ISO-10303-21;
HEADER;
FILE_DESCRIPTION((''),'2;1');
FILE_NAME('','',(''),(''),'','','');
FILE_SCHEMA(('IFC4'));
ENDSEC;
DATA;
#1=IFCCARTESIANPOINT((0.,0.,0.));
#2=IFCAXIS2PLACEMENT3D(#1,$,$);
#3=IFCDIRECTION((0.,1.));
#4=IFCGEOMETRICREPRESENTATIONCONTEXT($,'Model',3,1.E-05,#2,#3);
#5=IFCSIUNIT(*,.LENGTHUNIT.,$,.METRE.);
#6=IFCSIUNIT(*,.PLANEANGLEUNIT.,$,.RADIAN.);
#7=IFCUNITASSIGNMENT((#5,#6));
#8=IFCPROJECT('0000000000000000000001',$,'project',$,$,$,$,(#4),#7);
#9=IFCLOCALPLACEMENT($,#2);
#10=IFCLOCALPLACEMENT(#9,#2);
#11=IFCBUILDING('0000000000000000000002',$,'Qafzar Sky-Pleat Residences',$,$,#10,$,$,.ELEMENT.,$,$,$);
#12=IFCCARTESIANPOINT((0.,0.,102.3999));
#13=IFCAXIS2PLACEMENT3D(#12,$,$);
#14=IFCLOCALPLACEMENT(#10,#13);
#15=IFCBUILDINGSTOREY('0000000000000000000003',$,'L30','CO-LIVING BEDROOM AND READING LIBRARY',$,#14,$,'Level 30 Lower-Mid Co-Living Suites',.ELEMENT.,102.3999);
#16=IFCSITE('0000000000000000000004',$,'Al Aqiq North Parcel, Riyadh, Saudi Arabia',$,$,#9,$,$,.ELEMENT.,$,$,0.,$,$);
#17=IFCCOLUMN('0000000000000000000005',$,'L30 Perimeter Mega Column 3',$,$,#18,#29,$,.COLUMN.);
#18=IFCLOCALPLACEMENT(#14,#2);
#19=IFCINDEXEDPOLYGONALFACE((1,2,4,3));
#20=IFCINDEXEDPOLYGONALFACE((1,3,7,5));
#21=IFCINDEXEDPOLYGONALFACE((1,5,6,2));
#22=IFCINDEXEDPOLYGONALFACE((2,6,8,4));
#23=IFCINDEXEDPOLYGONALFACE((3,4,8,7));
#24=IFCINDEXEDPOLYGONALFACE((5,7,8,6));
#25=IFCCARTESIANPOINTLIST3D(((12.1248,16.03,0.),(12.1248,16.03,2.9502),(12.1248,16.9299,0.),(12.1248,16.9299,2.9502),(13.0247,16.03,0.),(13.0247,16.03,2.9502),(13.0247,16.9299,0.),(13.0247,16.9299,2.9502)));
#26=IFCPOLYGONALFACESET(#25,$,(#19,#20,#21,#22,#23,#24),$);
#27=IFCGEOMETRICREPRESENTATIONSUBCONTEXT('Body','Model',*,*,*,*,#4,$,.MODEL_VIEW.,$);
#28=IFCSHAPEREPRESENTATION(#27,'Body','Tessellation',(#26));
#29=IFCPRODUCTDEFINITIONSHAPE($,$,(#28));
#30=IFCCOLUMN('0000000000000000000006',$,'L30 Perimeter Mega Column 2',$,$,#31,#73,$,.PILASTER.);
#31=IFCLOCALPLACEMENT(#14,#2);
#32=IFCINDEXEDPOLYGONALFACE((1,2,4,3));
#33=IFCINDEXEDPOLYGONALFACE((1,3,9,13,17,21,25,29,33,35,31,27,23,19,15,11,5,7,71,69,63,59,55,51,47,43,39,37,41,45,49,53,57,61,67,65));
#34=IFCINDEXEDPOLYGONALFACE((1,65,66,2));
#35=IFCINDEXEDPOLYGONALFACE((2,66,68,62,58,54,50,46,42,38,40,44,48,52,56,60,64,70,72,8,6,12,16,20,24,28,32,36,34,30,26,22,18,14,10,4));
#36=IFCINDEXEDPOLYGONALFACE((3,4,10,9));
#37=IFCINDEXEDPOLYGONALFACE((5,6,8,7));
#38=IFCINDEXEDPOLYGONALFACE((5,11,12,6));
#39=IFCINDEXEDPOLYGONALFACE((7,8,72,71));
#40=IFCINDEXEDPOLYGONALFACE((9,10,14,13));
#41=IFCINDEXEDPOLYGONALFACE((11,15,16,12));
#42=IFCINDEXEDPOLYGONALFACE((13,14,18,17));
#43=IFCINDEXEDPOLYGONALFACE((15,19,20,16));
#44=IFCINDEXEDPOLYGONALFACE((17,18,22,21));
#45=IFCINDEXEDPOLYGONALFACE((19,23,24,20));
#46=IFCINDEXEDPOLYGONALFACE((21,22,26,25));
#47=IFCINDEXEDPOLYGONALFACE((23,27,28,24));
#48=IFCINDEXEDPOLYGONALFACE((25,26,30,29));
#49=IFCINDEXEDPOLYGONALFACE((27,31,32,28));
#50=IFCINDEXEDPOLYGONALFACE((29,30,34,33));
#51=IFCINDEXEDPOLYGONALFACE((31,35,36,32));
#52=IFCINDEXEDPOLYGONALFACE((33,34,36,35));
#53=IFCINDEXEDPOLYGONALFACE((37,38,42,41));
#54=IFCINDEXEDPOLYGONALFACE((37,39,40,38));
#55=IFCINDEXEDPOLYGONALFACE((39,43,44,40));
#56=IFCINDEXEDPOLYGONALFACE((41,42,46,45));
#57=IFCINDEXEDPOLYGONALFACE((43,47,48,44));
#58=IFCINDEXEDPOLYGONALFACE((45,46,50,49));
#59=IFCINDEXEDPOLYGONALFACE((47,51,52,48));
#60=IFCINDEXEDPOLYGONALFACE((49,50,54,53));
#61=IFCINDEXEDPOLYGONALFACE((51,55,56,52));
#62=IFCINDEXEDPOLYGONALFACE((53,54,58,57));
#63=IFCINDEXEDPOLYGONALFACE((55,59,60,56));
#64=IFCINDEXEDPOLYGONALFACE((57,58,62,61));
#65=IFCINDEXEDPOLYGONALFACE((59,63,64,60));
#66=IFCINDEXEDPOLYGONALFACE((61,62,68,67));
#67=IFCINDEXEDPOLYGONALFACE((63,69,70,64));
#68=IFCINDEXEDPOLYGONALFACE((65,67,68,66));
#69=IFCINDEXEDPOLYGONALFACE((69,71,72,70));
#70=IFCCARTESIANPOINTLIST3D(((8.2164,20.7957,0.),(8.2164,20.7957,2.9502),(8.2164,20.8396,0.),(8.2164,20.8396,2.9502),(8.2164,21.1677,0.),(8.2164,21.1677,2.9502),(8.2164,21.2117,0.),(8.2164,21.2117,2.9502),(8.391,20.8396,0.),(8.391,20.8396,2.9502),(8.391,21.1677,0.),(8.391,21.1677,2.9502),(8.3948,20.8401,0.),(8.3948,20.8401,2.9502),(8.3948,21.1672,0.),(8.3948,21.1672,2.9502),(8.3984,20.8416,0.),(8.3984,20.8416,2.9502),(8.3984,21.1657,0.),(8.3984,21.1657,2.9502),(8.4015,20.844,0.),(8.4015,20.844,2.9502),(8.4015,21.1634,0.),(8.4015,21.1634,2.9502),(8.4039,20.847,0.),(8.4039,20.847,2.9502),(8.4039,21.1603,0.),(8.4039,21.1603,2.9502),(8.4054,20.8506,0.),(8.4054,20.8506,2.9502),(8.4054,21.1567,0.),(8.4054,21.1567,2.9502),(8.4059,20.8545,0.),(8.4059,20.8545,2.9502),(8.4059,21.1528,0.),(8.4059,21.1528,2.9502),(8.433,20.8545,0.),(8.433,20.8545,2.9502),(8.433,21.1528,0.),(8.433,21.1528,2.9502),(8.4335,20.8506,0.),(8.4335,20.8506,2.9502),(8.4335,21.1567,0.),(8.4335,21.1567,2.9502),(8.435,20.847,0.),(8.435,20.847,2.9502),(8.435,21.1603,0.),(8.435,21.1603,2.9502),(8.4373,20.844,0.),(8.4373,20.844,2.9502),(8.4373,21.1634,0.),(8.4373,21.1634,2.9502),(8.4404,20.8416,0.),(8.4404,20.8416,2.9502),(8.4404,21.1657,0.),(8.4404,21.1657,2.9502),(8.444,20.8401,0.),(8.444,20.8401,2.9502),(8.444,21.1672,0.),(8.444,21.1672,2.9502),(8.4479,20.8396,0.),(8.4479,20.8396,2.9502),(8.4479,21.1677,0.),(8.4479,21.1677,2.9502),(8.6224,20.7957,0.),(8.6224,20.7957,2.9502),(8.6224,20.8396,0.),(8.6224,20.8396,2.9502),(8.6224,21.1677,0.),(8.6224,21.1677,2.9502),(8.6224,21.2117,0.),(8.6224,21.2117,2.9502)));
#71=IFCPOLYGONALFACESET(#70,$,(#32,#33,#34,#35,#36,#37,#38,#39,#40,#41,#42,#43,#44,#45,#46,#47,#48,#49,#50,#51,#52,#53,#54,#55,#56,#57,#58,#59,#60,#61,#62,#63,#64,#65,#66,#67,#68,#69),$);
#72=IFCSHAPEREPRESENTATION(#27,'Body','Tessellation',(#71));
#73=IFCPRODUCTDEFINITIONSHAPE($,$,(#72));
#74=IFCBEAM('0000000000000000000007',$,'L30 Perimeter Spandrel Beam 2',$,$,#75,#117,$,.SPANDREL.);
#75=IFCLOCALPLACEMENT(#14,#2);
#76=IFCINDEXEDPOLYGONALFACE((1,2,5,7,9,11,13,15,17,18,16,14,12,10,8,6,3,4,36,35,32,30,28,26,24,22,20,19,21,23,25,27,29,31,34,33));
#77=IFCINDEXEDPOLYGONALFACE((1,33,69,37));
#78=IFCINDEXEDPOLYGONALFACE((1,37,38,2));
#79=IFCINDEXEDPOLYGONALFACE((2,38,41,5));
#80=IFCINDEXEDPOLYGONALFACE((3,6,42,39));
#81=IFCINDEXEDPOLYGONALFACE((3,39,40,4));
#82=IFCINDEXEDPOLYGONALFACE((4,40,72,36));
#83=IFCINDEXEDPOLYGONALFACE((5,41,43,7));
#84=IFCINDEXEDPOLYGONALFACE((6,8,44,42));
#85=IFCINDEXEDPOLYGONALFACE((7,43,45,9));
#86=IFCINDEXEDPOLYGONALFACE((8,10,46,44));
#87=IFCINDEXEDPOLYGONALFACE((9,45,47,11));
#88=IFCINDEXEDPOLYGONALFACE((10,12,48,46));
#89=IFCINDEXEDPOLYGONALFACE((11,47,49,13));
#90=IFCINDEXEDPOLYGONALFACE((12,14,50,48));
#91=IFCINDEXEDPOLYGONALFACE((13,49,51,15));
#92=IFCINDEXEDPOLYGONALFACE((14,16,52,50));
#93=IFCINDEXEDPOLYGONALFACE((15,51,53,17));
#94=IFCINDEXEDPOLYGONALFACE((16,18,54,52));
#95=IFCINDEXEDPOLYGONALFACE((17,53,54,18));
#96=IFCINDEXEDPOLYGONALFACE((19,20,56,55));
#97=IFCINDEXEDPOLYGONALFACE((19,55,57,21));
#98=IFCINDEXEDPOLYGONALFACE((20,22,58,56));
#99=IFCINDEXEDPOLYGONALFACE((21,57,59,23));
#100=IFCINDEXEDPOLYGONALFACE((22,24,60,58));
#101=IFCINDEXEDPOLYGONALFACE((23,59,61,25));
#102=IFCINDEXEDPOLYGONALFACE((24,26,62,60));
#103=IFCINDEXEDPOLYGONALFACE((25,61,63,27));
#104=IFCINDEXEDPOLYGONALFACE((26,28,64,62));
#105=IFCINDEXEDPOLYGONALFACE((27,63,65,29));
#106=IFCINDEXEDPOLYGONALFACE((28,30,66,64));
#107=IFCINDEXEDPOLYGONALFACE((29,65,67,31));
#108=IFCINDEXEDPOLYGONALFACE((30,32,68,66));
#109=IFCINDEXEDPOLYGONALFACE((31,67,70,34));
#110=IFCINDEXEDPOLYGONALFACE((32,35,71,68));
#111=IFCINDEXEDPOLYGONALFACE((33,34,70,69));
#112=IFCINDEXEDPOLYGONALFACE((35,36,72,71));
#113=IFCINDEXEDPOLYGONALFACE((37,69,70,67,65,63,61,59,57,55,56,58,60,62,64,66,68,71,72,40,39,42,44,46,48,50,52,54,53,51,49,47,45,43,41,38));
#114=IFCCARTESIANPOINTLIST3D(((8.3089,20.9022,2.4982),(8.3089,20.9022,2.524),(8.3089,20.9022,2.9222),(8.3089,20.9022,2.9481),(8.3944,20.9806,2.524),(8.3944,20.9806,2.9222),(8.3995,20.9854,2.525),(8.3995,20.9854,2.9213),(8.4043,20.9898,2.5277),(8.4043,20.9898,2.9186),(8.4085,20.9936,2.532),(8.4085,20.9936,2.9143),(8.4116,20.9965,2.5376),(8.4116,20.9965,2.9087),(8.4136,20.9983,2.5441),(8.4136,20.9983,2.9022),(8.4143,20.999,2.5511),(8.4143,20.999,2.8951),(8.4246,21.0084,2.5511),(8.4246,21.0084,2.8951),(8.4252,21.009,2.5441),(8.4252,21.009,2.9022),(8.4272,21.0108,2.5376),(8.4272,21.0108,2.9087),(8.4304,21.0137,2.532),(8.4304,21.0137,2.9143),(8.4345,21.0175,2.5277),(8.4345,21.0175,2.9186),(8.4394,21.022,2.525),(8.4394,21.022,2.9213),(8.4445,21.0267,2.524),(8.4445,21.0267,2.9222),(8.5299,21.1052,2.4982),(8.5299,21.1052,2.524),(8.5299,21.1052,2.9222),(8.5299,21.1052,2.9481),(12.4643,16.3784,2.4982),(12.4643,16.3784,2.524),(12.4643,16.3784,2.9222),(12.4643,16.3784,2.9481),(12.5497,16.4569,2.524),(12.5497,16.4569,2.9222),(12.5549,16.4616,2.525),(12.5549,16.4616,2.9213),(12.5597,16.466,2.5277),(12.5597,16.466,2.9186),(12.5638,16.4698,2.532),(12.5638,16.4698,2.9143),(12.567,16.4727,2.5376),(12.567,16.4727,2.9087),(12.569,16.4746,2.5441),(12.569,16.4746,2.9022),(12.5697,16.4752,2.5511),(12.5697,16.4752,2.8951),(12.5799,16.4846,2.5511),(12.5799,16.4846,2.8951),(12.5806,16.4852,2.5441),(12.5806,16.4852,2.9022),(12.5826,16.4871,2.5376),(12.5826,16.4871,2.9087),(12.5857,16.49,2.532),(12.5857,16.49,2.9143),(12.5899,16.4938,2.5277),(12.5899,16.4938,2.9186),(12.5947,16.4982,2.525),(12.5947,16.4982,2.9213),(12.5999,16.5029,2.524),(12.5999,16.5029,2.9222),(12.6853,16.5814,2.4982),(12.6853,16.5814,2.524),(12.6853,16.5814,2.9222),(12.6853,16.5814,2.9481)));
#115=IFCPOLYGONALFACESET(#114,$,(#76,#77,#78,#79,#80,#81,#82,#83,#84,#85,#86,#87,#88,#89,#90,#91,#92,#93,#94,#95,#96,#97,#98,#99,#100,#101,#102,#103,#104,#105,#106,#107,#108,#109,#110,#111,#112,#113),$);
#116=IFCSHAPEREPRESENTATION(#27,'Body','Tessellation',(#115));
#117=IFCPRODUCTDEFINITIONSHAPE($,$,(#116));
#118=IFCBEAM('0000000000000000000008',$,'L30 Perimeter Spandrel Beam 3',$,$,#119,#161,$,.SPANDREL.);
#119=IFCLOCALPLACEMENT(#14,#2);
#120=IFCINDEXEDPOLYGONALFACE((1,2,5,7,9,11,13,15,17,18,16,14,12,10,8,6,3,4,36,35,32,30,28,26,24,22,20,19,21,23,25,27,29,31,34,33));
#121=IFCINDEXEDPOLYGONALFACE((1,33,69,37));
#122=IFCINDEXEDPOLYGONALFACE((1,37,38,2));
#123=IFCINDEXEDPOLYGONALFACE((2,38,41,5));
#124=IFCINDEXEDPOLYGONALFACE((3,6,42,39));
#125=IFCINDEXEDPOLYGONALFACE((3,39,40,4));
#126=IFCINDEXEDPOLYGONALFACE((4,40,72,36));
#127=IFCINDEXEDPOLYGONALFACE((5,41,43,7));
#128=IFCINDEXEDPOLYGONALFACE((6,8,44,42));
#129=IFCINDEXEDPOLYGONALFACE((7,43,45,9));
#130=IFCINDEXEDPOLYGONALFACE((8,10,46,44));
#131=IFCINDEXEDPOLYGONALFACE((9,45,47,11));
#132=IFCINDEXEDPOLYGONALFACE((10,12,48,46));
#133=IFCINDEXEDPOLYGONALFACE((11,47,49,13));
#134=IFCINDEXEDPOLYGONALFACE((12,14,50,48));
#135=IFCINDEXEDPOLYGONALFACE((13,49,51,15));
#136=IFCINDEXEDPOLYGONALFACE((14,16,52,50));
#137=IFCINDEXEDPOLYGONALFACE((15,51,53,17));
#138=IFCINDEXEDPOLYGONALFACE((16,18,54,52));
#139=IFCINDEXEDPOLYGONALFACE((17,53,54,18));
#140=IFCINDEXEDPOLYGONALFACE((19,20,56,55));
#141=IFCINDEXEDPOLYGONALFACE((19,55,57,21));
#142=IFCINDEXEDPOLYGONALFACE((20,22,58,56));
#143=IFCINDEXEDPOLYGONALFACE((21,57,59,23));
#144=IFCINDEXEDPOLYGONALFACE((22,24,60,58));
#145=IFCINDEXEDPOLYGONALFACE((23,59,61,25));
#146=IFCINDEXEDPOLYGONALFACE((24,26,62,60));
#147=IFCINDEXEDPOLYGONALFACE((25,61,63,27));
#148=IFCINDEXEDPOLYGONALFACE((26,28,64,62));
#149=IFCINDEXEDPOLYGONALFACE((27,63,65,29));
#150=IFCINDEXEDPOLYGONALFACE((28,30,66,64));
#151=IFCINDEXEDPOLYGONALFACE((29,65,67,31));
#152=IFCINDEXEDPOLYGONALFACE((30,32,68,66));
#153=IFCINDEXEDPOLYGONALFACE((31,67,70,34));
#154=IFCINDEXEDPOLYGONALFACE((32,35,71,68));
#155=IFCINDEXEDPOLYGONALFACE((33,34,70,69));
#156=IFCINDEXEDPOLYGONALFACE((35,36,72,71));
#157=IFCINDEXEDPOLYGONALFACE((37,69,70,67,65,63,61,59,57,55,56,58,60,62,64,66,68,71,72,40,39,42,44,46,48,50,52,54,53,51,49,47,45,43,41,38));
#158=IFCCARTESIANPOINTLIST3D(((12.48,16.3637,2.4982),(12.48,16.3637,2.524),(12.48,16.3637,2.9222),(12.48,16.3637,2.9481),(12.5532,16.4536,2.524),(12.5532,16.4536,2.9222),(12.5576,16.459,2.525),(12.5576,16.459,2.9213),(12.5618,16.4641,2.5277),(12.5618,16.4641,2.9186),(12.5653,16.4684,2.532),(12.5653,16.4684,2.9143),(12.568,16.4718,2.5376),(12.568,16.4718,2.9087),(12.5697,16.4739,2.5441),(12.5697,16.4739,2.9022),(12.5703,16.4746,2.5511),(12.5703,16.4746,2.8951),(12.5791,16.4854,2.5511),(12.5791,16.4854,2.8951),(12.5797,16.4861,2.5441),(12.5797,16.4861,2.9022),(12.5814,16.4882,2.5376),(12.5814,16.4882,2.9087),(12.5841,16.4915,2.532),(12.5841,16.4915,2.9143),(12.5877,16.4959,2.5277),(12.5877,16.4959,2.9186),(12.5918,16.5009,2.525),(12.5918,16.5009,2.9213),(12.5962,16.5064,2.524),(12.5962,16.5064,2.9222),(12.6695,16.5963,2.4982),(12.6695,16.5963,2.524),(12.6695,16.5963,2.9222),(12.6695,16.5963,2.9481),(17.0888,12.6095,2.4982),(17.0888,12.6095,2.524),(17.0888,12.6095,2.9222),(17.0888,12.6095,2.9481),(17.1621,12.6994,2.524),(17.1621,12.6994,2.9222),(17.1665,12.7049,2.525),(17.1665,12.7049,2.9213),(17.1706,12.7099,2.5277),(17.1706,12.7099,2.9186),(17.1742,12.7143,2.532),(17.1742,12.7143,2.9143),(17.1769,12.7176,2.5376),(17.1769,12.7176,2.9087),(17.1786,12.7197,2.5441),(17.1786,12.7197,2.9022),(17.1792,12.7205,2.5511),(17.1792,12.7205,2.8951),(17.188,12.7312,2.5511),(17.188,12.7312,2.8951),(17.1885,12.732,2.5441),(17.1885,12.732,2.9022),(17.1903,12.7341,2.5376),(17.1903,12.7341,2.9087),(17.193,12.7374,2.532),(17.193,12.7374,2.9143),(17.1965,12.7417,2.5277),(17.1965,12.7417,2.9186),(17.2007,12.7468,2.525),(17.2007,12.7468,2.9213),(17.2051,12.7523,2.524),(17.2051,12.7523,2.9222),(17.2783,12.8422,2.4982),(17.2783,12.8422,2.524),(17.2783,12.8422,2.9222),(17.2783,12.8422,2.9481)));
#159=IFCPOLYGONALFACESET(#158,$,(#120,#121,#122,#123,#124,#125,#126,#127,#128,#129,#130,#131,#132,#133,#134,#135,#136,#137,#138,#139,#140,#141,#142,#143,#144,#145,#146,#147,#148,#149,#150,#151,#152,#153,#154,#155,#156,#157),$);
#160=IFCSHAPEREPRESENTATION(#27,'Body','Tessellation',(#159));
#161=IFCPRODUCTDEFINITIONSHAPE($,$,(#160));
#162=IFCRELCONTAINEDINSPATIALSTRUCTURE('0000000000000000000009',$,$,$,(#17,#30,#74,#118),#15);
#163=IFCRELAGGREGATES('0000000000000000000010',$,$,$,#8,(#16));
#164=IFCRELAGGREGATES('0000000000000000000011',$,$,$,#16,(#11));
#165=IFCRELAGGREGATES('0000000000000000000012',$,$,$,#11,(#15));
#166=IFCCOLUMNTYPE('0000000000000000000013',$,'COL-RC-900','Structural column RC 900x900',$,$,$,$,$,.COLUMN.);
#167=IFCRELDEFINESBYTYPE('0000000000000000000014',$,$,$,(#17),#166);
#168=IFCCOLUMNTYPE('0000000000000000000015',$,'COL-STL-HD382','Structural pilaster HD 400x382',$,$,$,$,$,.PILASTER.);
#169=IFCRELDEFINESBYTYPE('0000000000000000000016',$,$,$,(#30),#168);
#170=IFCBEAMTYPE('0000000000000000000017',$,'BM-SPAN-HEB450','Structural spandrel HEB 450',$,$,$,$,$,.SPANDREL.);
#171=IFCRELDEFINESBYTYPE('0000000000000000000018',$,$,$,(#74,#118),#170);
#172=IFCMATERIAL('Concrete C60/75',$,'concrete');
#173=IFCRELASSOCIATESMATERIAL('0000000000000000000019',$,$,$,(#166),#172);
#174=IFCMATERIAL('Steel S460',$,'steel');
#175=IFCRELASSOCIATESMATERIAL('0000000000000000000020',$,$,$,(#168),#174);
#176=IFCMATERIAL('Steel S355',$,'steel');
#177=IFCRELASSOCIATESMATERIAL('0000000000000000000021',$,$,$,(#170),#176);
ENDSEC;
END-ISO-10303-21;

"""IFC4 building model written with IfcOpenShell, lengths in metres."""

from ifc_helpers import new_model, si_unit, direction, frame, origin, origin_2d, place, context, subcontext, project, spatial, rectangle, i_section, extrude, source, transform, mapped, material, material_profile, profile_set, type_object, element, save


model = new_model("IFC4")

# Units and contexts
model_context = context("Model", 3, precision=1e-05, world=origin(), true_north=direction((0.0, 1.0)))
body_context = subcontext(model_context, "Body", "Model", "MODEL_VIEW")
ifc_project = project(units=[si_unit("LENGTHUNIT", "METRE"), si_unit("PLANEANGLEUNIT", "RADIAN")], contexts=[model_context])

# Site, building, storey
site_placement = place(None, origin())
site = spatial("IfcSite", under=ifc_project, at=site_placement, Name="Al Aqiq North Parcel, Riyadh, Saudi Arabia", CompositionType="ELEMENT", RefElevation=0.0)
building_placement = place(site_placement, origin())
building = spatial("IfcBuilding", under=site, at=building_placement, Name="Qafzar Sky-Pleat Residences", CompositionType="ELEMENT")
storey_placement = place(building_placement, frame((0.0, 0.0, 102.3999)))
storey = spatial("IfcBuildingStorey", under=building, at=storey_placement, Name="L30", Description="CO-LIVING BEDROOM AND READING LIBRARY", LongName="Level 30 Lower-Mid Co-Living Suites", CompositionType="ELEMENT", Elevation=102.3999)

# Columns
ifc_material_1 = material(Name="Concrete C60/75", Category="concrete")
ifc_material_profile_1 = material_profile(ifc_material_1, rectangle(XDim=0.8999, YDim=0.8999, at=origin_2d()), Name="RC 900x900")
ifc_profile_set_1 = profile_set([ifc_material_profile_1], Name="Concrete C60/75")
column_type_1 = type_object("IfcColumnType", Name="COL-RC-900", Description="Structural column RC 900x900", PredefinedType="COLUMN", material=ifc_profile_set_1)
shared_shape_1 = source(origin(), body_context, "Body", "SweptSolid", [
    extrude(rectangle(XDim=0.8999, YDim=0.8999, at=origin_2d()), origin(), (0.0, 0.0, 1.0), 2.9502),
])
column_1_placement = place(storey_placement, frame((12.5747, 16.48, 0.0), z_axis=(0.0, 0.0, 1.0), x_axis=(1.0, 0.0, 0.0)))
element("IfcColumn", 1, at=column_1_placement, inside=storey, type_object=column_type_1, Name="L30 Perimeter Mega Column 3", PredefinedType="COLUMN", context=body_context, shape_type="MappedRepresentation", body=[
    mapped(shared_shape_1, transform((0.0, 0.0, 0.0), x_axis=(1.0, 0.0, 0.0), y_axis=(0.0, 1.0, 0.0), z_axis=(0.0, 0.0, 1.0), scale=1.0)),
])
ifc_material_2 = material(Name="Steel S460", Category="steel")
ifc_material_profile_2 = material_profile(ifc_material_2, i_section(OverallWidth=0.406, OverallDepth=0.416, WebThickness=0.0271, FlangeThickness=0.0439, FilletRadius=0.0149, at=origin_2d()), Name="HD 400x382")
ifc_profile_set_2 = profile_set([ifc_material_profile_2], Name="Steel S460")
column_type_2 = type_object("IfcColumnType", Name="COL-STL-HD382", Description="Structural pilaster HD 400x382", PredefinedType="PILASTER", material=ifc_profile_set_2)
shared_shape_2 = source(origin(), body_context, "Body", "SweptSolid", [
    extrude(i_section(OverallWidth=0.406, OverallDepth=0.416, WebThickness=0.0271, FlangeThickness=0.0439, FilletRadius=0.0149, at=origin_2d()), origin(), (0.0, 0.0, 1.0), 2.9502),
])
column_2_placement = place(storey_placement, frame((8.4194, 21.0037, 0.0), z_axis=(0.0, 0.0, 1.0), x_axis=(1.0, 0.0, 0.0)))
element("IfcColumn", 2, at=column_2_placement, inside=storey, type_object=column_type_2, Name="L30 Perimeter Mega Column 2", PredefinedType="PILASTER", context=body_context, shape_type="MappedRepresentation", body=[
    mapped(shared_shape_2, transform((0.0, 0.0, 0.0), x_axis=(1.0, 0.0, 0.0), y_axis=(0.0, 1.0, 0.0), z_axis=(0.0, 0.0, 1.0), scale=1.0)),
])

# Beams
ifc_material_3 = material(Name="Steel S355", Category="steel")
ifc_material_profile_3 = material_profile(ifc_material_3, i_section(OverallWidth=0.3, OverallDepth=0.45, WebThickness=0.0139, FlangeThickness=0.0259, FilletRadius=0.0271, at=origin_2d()), Name="HEB 450")
ifc_profile_set_3 = profile_set([ifc_material_profile_3], Name="Steel S355")
beam_type_1 = type_object("IfcBeamType", Name="BM-SPAN-HEB450", Description="Structural spandrel HEB 450", PredefinedType="SPANDREL", material=ifc_profile_set_3)
shared_shape_3 = source(origin(), body_context, "Body", "SweptSolid", [
    extrude(i_section(OverallWidth=0.3, OverallDepth=0.45, WebThickness=0.0139, FlangeThickness=0.0259, FilletRadius=0.0271, at=origin_2d()), origin(), (0.0, 0.0, 1.0), 6.1426),
])
beam_1_placement = place(storey_placement, frame((8.4194, 21.0037, 2.7231), z_axis=(0.676482, -0.736459, 0.0), x_axis=(0.736459, 0.676482, 0.0)))
element("IfcBeam", 3, at=beam_1_placement, inside=storey, type_object=beam_type_1, Name="L30 Perimeter Spandrel Beam 2", PredefinedType="SPANDREL", context=body_context, shape_type="MappedRepresentation", body=[
    mapped(shared_shape_3, transform((0.0, 0.0, 0.0), x_axis=(1.0, 0.0, 0.0), y_axis=(0.0, 1.0, 0.0), z_axis=(0.0, 0.0, 1.0), scale=1.0)),
])
shared_shape_4 = source(origin(), body_context, "Body", "SweptSolid", [
    extrude(i_section(OverallWidth=0.3, OverallDepth=0.45, WebThickness=0.0139, FlangeThickness=0.0259, FilletRadius=0.0271, at=origin_2d()), origin(), (0.0, 0.0, 1.0), 5.9443),
])
beam_2_placement = place(storey_placement, frame((12.5747, 16.48, 2.7231), z_axis=(0.775337, -0.631548, 0.0), x_axis=(0.631548, 0.775337, 0.0)))
element("IfcBeam", 4, at=beam_2_placement, inside=storey, type_object=beam_type_1, Name="L30 Perimeter Spandrel Beam 3", PredefinedType="SPANDREL", context=body_context, shape_type="MappedRepresentation", body=[
    mapped(shared_shape_4, transform((0.0, 0.0, 0.0), x_axis=(1.0, 0.0, 0.0), y_axis=(0.0, 1.0, 0.0), z_axis=(0.0, 0.0, 1.0), scale=1.0)),
])

save(model, "model.ifc")
